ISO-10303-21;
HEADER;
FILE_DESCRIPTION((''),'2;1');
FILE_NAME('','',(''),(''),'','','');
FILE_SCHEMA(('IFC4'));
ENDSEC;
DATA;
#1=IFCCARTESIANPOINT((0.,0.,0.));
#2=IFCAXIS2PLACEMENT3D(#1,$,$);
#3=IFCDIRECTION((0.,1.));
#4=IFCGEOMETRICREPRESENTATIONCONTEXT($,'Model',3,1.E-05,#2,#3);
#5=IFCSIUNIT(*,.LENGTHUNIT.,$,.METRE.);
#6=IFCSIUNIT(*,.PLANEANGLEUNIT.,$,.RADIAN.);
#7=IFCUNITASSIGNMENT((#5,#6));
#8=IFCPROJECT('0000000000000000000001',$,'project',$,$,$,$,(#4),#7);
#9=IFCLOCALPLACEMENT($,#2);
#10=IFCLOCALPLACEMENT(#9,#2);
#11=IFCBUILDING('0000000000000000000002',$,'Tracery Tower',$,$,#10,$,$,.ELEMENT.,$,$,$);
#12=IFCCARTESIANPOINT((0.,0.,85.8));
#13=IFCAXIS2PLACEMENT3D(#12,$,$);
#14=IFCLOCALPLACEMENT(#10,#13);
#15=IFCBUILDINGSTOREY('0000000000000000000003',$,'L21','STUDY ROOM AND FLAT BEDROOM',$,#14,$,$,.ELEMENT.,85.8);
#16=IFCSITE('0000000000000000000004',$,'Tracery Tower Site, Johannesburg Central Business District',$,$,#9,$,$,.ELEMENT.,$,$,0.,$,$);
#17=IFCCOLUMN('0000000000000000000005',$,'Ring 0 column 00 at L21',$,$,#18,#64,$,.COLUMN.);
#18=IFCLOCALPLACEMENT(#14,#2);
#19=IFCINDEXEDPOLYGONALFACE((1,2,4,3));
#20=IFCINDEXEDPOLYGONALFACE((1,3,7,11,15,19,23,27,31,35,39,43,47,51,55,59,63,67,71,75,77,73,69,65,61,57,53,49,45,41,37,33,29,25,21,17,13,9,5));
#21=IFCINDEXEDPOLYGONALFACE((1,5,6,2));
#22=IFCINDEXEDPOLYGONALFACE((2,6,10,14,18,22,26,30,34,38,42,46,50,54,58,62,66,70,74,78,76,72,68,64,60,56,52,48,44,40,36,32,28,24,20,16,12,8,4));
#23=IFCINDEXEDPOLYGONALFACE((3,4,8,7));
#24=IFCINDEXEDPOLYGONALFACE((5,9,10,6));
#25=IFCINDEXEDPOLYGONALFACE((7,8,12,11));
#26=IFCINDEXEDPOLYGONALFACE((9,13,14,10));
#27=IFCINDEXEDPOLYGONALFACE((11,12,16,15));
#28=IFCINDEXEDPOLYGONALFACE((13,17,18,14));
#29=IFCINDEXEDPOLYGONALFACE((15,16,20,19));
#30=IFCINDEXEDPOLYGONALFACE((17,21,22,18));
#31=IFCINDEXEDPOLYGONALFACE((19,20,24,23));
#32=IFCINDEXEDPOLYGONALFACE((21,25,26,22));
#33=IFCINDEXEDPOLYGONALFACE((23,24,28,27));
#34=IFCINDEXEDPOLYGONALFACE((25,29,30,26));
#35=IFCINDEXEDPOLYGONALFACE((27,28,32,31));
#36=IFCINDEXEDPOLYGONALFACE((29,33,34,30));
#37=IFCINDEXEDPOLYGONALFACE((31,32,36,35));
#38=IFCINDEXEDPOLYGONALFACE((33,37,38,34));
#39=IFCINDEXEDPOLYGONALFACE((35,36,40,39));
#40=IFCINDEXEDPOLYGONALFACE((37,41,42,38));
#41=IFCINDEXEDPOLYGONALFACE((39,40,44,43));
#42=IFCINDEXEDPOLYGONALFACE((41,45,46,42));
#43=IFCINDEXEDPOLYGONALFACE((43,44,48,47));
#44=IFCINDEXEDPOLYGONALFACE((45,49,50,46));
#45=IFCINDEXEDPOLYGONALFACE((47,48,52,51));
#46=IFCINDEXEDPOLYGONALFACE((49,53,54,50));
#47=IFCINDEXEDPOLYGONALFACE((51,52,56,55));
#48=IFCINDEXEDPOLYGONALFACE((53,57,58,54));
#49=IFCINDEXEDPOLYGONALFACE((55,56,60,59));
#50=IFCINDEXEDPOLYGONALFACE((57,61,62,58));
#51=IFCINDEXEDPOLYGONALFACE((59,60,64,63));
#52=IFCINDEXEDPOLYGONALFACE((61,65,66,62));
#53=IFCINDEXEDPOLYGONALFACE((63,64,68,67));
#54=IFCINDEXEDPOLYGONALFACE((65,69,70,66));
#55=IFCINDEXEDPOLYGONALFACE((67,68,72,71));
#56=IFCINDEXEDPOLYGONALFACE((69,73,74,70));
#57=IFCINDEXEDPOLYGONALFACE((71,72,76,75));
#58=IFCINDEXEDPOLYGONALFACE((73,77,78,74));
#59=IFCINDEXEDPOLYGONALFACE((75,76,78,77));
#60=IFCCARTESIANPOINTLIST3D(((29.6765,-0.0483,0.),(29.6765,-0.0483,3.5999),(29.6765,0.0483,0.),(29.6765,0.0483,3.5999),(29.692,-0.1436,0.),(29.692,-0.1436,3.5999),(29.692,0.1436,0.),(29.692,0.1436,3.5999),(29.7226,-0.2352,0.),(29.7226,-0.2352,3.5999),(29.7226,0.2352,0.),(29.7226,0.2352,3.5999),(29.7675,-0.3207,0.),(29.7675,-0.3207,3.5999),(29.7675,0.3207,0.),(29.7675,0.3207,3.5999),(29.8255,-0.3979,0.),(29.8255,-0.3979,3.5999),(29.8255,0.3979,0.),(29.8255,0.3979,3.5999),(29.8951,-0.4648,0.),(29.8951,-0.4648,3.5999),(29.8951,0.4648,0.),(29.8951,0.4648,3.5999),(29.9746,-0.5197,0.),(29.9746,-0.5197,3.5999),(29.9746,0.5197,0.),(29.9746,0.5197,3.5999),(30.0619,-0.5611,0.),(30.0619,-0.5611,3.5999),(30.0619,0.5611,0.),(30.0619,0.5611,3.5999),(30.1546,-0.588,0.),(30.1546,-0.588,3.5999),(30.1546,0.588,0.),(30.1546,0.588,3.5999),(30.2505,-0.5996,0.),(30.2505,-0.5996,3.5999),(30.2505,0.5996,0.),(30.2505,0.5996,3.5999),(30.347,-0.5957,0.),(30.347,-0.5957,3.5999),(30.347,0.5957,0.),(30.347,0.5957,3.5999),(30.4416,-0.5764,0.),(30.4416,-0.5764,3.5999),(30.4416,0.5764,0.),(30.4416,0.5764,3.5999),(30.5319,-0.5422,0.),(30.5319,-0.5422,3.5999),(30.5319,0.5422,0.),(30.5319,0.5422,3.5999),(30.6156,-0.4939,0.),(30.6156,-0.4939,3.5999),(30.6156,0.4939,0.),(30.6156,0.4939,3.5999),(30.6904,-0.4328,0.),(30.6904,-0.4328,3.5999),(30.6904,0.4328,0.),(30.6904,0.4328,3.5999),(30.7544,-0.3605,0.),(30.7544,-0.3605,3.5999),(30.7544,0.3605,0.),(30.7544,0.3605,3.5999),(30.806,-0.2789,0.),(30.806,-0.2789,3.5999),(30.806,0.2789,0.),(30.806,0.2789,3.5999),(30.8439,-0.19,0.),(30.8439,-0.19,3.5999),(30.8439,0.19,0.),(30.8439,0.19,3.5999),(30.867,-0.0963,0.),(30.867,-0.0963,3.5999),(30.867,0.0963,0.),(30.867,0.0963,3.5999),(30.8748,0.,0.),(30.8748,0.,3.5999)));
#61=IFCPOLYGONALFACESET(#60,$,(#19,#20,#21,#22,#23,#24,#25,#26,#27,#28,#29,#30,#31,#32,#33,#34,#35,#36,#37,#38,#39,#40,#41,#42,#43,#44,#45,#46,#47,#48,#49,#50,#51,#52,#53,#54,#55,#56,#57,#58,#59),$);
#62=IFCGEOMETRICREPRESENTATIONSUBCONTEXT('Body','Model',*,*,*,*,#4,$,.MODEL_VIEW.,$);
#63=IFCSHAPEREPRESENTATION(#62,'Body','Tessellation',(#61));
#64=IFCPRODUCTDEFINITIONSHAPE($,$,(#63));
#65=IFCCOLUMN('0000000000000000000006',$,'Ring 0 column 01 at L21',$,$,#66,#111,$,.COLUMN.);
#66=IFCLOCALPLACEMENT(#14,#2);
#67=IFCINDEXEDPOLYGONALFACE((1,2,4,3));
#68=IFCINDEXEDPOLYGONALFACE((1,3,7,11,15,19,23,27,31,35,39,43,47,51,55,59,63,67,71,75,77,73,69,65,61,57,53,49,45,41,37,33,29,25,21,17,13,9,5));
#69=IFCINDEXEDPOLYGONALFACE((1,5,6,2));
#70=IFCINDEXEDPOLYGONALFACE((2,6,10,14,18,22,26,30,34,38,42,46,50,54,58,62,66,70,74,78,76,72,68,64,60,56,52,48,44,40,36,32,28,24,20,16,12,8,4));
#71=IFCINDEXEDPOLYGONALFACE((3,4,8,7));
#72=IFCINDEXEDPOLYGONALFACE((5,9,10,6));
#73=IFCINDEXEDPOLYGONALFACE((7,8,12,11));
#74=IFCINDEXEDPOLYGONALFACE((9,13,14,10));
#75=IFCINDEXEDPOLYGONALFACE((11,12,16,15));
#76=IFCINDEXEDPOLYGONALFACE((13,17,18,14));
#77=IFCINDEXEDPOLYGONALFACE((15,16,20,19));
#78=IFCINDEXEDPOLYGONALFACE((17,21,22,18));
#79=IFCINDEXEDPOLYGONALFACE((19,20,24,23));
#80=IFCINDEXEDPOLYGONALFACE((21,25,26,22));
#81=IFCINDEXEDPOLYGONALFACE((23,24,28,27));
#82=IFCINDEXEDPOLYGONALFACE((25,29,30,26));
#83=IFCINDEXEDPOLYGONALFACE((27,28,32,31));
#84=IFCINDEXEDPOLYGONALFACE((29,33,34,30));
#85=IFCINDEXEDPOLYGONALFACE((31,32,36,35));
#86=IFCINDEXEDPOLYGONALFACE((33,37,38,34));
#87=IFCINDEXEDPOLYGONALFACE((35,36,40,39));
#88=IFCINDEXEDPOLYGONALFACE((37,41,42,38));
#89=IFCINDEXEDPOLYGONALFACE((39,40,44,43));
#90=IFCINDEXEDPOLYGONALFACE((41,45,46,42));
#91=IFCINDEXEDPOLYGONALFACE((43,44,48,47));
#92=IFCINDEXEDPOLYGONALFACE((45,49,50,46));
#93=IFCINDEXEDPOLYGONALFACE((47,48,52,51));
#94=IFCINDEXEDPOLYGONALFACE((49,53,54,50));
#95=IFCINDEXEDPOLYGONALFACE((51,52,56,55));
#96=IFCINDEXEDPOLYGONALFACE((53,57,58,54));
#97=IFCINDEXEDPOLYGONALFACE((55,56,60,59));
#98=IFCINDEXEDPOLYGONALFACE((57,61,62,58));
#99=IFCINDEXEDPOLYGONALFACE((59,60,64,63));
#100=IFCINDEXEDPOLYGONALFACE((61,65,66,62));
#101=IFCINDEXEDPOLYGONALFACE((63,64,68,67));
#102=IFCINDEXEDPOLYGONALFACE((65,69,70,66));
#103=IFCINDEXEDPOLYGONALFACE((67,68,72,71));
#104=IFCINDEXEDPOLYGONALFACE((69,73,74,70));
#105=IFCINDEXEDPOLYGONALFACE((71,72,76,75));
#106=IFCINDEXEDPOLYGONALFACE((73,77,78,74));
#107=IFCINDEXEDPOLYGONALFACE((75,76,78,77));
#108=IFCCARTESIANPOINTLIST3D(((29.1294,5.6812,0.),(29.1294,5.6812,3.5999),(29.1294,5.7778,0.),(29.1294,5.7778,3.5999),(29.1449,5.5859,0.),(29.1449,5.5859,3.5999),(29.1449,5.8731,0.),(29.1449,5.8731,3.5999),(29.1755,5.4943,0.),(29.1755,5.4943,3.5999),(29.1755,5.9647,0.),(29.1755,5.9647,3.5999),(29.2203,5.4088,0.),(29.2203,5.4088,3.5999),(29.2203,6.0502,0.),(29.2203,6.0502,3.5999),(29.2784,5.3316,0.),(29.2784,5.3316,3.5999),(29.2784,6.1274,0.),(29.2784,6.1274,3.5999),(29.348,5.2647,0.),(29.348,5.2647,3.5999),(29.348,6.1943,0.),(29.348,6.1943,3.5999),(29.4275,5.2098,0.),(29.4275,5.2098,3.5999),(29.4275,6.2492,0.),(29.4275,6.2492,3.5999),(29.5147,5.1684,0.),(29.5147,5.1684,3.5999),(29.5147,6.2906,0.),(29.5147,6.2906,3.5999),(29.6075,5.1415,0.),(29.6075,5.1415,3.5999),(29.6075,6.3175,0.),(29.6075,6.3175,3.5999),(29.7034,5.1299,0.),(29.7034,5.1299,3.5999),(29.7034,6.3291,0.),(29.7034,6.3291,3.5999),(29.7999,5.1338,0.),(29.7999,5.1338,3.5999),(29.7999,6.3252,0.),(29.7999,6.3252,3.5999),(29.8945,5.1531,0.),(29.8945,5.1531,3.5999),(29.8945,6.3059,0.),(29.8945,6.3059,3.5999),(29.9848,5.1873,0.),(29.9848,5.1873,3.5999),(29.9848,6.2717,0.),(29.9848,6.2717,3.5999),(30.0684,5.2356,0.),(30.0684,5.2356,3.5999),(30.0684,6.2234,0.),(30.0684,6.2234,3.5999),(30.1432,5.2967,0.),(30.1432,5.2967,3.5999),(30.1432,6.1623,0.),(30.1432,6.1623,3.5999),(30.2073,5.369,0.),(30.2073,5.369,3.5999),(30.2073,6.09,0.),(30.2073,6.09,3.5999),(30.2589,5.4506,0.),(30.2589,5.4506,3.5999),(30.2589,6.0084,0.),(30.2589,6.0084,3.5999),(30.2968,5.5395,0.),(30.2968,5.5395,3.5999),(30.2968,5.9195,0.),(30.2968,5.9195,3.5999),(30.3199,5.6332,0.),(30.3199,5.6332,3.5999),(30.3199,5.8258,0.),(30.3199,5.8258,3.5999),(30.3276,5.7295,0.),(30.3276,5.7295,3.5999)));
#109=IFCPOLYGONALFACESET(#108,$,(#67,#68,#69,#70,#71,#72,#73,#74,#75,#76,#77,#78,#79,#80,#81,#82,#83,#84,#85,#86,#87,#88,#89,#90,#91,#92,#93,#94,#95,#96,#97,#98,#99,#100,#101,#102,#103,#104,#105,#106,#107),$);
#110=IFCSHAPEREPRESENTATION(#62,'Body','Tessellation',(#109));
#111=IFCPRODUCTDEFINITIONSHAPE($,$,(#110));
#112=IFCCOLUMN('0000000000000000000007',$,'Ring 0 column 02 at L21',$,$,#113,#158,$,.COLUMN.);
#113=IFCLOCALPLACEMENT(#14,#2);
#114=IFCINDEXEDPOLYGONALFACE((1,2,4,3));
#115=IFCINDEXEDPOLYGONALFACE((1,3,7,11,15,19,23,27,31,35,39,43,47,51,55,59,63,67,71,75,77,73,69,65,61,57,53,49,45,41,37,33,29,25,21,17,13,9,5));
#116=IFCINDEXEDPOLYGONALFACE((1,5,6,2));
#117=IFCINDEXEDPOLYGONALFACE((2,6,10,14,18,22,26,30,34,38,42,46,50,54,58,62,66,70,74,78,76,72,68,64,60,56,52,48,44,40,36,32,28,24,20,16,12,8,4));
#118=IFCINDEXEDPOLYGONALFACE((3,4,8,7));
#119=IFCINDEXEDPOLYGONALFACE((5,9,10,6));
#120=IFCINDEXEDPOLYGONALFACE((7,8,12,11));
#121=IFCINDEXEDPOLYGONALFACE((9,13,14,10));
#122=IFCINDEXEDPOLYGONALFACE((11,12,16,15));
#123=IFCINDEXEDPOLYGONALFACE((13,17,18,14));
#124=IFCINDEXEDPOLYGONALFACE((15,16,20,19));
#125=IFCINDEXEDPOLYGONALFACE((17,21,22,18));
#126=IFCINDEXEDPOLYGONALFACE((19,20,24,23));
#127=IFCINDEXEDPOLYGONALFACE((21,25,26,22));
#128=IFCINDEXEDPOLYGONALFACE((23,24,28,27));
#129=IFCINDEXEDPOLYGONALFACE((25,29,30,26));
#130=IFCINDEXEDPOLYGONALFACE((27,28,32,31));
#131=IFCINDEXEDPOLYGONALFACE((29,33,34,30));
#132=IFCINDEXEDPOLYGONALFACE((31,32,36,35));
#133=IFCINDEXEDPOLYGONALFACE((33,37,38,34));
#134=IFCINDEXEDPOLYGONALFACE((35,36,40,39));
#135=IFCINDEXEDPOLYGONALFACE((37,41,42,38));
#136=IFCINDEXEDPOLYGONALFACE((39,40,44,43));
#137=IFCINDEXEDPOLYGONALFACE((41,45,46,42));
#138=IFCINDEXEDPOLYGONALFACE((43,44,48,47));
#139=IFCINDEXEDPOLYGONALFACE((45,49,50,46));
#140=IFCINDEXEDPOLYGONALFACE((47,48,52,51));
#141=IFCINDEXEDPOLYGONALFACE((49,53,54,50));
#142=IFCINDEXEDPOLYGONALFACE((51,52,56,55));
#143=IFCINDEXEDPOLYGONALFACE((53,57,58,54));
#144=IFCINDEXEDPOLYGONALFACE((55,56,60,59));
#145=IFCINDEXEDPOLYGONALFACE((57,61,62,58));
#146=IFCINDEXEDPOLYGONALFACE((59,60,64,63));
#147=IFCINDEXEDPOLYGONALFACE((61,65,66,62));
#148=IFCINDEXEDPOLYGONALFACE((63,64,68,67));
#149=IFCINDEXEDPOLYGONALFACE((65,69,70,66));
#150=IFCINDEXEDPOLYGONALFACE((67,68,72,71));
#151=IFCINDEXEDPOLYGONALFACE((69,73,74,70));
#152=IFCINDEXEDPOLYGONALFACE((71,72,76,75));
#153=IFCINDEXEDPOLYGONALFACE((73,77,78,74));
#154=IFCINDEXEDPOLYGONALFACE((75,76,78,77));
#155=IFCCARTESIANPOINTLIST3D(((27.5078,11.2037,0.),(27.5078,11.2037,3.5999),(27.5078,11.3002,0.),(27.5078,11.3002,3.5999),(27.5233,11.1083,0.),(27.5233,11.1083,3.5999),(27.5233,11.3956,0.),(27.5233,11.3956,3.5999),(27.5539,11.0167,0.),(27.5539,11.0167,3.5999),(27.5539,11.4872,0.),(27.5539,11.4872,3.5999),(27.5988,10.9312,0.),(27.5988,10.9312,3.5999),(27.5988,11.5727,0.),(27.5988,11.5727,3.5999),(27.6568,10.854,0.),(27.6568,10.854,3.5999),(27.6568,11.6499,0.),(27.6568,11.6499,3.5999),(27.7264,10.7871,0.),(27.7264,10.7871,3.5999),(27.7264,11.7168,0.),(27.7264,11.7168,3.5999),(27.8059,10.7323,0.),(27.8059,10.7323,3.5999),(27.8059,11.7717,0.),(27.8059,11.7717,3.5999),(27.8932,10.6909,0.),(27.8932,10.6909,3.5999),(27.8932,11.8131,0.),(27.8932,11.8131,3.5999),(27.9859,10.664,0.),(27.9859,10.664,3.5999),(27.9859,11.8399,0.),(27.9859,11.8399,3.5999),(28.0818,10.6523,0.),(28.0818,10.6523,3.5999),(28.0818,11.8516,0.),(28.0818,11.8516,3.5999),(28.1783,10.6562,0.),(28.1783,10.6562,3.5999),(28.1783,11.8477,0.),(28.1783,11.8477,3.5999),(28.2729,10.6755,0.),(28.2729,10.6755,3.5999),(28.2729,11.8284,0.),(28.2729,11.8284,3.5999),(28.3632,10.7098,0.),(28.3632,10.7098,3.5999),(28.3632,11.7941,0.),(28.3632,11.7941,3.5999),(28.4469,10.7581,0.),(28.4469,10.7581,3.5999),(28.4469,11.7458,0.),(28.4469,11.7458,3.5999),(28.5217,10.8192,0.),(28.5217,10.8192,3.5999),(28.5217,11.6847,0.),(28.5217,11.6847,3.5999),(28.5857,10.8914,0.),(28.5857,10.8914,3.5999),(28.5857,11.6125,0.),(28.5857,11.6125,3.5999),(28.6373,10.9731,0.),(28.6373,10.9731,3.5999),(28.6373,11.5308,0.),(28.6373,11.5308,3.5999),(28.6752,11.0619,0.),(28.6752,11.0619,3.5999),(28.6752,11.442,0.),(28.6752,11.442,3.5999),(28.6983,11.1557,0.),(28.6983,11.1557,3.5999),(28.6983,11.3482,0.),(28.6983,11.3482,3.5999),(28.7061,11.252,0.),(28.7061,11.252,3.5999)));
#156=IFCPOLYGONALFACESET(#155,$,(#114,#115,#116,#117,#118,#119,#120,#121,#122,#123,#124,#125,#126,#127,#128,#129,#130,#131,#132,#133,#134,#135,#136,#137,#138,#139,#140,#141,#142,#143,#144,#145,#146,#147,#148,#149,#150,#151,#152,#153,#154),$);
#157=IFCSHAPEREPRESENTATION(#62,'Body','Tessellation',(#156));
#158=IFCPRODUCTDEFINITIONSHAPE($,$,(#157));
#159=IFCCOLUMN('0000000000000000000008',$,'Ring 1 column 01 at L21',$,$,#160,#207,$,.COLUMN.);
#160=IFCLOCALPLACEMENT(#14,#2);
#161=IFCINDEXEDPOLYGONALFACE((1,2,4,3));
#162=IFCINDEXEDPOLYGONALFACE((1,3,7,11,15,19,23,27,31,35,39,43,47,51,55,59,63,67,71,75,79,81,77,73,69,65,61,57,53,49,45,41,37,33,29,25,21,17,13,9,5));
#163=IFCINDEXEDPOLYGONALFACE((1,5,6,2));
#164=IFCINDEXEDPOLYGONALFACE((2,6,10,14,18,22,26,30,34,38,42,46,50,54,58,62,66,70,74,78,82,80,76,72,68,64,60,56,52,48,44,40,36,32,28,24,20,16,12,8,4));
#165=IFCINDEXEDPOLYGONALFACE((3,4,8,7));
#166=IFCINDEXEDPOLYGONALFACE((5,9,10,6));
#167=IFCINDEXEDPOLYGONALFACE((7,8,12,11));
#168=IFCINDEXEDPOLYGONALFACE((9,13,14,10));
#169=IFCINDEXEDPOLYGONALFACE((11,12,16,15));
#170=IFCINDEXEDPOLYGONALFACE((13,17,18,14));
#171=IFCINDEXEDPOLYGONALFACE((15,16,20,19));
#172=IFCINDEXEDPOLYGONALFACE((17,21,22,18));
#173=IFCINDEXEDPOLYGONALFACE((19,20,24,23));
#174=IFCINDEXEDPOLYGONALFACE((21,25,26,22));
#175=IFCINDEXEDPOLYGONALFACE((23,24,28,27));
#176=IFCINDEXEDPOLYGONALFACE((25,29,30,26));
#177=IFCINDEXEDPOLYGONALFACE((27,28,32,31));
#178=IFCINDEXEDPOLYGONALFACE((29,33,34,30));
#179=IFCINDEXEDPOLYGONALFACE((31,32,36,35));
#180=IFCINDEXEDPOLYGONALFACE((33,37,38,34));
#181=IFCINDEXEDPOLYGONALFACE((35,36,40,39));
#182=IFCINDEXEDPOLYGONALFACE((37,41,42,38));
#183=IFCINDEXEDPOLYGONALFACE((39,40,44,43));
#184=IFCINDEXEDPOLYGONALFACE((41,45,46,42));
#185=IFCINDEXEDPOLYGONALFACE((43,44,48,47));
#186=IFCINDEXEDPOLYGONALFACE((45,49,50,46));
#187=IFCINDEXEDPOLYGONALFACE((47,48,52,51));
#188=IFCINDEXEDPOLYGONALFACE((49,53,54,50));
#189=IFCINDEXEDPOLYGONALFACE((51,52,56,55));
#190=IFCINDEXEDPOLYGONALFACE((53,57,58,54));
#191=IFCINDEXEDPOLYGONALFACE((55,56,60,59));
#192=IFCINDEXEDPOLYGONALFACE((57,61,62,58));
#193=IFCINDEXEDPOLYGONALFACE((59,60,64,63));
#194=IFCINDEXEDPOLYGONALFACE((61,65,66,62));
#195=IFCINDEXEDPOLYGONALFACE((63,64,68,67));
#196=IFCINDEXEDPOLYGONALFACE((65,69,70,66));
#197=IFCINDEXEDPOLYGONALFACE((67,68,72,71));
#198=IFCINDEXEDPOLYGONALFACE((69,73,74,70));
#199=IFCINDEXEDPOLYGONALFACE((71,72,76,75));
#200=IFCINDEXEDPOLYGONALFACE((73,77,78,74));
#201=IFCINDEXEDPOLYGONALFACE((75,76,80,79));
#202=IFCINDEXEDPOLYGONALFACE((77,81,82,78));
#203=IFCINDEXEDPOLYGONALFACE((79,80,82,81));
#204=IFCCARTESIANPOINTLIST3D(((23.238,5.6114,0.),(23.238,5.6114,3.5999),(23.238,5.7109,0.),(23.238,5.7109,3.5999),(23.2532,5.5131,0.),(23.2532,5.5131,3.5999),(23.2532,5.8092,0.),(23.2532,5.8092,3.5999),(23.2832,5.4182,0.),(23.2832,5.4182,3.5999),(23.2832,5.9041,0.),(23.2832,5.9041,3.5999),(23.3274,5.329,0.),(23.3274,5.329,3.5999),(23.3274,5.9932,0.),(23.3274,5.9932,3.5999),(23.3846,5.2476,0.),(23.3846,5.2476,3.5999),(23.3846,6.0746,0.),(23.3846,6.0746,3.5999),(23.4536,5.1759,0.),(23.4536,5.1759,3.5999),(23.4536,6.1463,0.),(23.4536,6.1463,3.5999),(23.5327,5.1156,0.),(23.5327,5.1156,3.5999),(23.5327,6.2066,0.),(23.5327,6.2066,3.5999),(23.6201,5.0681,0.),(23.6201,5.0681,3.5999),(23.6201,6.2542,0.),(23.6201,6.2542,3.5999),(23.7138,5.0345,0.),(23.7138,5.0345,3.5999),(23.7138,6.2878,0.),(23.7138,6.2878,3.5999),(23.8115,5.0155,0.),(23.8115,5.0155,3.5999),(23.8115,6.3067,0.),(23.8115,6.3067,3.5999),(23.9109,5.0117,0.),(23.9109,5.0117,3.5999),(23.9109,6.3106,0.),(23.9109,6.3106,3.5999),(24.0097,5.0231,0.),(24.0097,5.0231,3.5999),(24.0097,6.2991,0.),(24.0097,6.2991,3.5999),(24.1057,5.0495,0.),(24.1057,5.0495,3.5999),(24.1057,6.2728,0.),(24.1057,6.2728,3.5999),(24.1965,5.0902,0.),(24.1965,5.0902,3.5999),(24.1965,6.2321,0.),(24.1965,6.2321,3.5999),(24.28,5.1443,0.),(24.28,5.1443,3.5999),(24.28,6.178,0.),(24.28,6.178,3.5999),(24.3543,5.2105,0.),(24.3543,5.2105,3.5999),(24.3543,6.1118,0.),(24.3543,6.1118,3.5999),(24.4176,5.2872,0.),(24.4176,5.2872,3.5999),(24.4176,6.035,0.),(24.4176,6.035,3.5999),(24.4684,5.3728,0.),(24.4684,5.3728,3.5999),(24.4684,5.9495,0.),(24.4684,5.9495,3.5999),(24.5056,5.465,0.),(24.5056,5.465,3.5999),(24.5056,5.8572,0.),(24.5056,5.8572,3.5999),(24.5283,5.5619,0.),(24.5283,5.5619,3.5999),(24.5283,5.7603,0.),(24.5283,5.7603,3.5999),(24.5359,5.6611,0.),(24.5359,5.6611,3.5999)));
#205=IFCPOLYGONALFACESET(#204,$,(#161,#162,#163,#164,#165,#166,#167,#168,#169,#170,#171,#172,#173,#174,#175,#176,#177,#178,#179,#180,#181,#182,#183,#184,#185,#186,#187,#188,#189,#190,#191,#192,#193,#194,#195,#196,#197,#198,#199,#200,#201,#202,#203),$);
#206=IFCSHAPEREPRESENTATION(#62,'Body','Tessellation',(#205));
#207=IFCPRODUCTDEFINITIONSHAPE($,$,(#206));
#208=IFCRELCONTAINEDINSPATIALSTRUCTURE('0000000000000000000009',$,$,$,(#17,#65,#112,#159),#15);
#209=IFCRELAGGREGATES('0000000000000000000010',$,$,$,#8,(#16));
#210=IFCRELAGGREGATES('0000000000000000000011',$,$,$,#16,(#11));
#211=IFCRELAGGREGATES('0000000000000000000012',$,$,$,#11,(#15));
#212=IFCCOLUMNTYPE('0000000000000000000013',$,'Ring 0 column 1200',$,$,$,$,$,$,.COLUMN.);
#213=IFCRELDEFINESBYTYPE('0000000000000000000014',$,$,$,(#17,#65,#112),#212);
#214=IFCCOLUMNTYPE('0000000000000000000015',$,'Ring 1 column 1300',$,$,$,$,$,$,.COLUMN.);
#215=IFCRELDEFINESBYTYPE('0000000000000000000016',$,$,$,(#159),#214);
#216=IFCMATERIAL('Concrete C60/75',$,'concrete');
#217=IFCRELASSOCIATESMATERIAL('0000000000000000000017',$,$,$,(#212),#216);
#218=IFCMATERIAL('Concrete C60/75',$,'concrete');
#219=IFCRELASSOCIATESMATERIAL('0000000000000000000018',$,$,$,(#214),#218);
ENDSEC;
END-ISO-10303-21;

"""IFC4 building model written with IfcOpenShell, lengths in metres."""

from ifc_helpers import new_model, si_unit, direction, frame, origin, origin_2d, place, context, subcontext, project, spatial, circle, extrude, material, material_profile, profile_set, type_object, element, save


model = new_model("IFC4")

# Units and contexts
model_context = context("Model", 3, precision=1e-05, world=origin(), true_north=direction((0.0, 1.0)))
body_context = subcontext(model_context, "Body", "Model", "MODEL_VIEW")
ifc_project = project(units=[si_unit("LENGTHUNIT", "METRE"), si_unit("PLANEANGLEUNIT", "RADIAN")], contexts=[model_context])

# Site, building, storey
site_placement = place(None, origin())
site = spatial("IfcSite", under=ifc_project, at=site_placement, Name="Tracery Tower Site, Johannesburg Central Business District", CompositionType="ELEMENT", RefElevation=0.0)
building_placement = place(site_placement, origin())
building = spatial("IfcBuilding", under=site, at=building_placement, Name="Tracery Tower", CompositionType="ELEMENT")
storey_placement = place(building_placement, frame((0.0, 0.0, 85.8)))
storey = spatial("IfcBuildingStorey", under=building, at=storey_placement, Name="L21", Description="STUDY ROOM AND FLAT BEDROOM", CompositionType="ELEMENT", Elevation=85.8)

# Columns
ifc_material_1 = material(Name="Concrete C60/75", Category="concrete")
ifc_material_profile_1 = material_profile(ifc_material_1, circle(Radius=0.6001, at=origin_2d()), Name="RC D1200")
ifc_profile_set_1 = profile_set([ifc_material_profile_1], Name="Concrete C60/75")
column_type_1 = type_object("IfcColumnType", Name="Ring 0 column 1200", PredefinedType="COLUMN", material=ifc_profile_set_1)
for number, where, z_axis, x_axis, name in (
    (1, (30.2747, 0.0, 0.0), (0.0, 0.0, 1.0), (1.0, 0.0, 0.0), "Ring 0 column 00 at L21"),
    (2, (29.7275, 5.7295, 0.0), (0.0, 0.0, 1.0), (1.0, 0.0, 0.0), "Ring 0 column 01 at L21"),
    (3, (28.106, 11.252, 0.0), (0.0, 0.0, 1.0), (1.0, 0.0, 0.0), "Ring 0 column 02 at L21"),
):
    element("IfcColumn", number, at=place(storey_placement, frame(where, z_axis=z_axis, x_axis=x_axis)), inside=storey, type_object=column_type_1, Name=name, PredefinedType="COLUMN", context=body_context, shape_type="SweptSolid", body=[
        extrude(circle(Radius=0.6001, at=origin_2d()), origin(), (0.0, 0.0, 1.0), 3.5999),
    ])
ifc_material_2 = material(Name="Concrete C60/75", Category="concrete")
ifc_material_profile_2 = material_profile(ifc_material_2, circle(Radius=0.6499, at=origin_2d()), Name="RC D1300")
ifc_profile_set_2 = profile_set([ifc_material_profile_2], Name="Concrete C60/75")
column_type_2 = type_object("IfcColumnType", Name="Ring 1 column 1300", PredefinedType="COLUMN", material=ifc_profile_set_2)
for number, where, z_axis, x_axis, name in (
    (4, (23.886, 5.6611, 0.0), (0.0, 0.0, 1.0), (1.0, 0.0, 0.0), "Ring 1 column 01 at L21"),
):
    element("IfcColumn", number, at=place(storey_placement, frame(where, z_axis=z_axis, x_axis=x_axis)), inside=storey, type_object=column_type_2, Name=name, PredefinedType="COLUMN", context=body_context, shape_type="SweptSolid", body=[
        extrude(circle(Radius=0.6499, at=origin_2d()), origin(), (0.0, 0.0, 1.0), 3.5999),
    ])

save(model, "model.ifc")
